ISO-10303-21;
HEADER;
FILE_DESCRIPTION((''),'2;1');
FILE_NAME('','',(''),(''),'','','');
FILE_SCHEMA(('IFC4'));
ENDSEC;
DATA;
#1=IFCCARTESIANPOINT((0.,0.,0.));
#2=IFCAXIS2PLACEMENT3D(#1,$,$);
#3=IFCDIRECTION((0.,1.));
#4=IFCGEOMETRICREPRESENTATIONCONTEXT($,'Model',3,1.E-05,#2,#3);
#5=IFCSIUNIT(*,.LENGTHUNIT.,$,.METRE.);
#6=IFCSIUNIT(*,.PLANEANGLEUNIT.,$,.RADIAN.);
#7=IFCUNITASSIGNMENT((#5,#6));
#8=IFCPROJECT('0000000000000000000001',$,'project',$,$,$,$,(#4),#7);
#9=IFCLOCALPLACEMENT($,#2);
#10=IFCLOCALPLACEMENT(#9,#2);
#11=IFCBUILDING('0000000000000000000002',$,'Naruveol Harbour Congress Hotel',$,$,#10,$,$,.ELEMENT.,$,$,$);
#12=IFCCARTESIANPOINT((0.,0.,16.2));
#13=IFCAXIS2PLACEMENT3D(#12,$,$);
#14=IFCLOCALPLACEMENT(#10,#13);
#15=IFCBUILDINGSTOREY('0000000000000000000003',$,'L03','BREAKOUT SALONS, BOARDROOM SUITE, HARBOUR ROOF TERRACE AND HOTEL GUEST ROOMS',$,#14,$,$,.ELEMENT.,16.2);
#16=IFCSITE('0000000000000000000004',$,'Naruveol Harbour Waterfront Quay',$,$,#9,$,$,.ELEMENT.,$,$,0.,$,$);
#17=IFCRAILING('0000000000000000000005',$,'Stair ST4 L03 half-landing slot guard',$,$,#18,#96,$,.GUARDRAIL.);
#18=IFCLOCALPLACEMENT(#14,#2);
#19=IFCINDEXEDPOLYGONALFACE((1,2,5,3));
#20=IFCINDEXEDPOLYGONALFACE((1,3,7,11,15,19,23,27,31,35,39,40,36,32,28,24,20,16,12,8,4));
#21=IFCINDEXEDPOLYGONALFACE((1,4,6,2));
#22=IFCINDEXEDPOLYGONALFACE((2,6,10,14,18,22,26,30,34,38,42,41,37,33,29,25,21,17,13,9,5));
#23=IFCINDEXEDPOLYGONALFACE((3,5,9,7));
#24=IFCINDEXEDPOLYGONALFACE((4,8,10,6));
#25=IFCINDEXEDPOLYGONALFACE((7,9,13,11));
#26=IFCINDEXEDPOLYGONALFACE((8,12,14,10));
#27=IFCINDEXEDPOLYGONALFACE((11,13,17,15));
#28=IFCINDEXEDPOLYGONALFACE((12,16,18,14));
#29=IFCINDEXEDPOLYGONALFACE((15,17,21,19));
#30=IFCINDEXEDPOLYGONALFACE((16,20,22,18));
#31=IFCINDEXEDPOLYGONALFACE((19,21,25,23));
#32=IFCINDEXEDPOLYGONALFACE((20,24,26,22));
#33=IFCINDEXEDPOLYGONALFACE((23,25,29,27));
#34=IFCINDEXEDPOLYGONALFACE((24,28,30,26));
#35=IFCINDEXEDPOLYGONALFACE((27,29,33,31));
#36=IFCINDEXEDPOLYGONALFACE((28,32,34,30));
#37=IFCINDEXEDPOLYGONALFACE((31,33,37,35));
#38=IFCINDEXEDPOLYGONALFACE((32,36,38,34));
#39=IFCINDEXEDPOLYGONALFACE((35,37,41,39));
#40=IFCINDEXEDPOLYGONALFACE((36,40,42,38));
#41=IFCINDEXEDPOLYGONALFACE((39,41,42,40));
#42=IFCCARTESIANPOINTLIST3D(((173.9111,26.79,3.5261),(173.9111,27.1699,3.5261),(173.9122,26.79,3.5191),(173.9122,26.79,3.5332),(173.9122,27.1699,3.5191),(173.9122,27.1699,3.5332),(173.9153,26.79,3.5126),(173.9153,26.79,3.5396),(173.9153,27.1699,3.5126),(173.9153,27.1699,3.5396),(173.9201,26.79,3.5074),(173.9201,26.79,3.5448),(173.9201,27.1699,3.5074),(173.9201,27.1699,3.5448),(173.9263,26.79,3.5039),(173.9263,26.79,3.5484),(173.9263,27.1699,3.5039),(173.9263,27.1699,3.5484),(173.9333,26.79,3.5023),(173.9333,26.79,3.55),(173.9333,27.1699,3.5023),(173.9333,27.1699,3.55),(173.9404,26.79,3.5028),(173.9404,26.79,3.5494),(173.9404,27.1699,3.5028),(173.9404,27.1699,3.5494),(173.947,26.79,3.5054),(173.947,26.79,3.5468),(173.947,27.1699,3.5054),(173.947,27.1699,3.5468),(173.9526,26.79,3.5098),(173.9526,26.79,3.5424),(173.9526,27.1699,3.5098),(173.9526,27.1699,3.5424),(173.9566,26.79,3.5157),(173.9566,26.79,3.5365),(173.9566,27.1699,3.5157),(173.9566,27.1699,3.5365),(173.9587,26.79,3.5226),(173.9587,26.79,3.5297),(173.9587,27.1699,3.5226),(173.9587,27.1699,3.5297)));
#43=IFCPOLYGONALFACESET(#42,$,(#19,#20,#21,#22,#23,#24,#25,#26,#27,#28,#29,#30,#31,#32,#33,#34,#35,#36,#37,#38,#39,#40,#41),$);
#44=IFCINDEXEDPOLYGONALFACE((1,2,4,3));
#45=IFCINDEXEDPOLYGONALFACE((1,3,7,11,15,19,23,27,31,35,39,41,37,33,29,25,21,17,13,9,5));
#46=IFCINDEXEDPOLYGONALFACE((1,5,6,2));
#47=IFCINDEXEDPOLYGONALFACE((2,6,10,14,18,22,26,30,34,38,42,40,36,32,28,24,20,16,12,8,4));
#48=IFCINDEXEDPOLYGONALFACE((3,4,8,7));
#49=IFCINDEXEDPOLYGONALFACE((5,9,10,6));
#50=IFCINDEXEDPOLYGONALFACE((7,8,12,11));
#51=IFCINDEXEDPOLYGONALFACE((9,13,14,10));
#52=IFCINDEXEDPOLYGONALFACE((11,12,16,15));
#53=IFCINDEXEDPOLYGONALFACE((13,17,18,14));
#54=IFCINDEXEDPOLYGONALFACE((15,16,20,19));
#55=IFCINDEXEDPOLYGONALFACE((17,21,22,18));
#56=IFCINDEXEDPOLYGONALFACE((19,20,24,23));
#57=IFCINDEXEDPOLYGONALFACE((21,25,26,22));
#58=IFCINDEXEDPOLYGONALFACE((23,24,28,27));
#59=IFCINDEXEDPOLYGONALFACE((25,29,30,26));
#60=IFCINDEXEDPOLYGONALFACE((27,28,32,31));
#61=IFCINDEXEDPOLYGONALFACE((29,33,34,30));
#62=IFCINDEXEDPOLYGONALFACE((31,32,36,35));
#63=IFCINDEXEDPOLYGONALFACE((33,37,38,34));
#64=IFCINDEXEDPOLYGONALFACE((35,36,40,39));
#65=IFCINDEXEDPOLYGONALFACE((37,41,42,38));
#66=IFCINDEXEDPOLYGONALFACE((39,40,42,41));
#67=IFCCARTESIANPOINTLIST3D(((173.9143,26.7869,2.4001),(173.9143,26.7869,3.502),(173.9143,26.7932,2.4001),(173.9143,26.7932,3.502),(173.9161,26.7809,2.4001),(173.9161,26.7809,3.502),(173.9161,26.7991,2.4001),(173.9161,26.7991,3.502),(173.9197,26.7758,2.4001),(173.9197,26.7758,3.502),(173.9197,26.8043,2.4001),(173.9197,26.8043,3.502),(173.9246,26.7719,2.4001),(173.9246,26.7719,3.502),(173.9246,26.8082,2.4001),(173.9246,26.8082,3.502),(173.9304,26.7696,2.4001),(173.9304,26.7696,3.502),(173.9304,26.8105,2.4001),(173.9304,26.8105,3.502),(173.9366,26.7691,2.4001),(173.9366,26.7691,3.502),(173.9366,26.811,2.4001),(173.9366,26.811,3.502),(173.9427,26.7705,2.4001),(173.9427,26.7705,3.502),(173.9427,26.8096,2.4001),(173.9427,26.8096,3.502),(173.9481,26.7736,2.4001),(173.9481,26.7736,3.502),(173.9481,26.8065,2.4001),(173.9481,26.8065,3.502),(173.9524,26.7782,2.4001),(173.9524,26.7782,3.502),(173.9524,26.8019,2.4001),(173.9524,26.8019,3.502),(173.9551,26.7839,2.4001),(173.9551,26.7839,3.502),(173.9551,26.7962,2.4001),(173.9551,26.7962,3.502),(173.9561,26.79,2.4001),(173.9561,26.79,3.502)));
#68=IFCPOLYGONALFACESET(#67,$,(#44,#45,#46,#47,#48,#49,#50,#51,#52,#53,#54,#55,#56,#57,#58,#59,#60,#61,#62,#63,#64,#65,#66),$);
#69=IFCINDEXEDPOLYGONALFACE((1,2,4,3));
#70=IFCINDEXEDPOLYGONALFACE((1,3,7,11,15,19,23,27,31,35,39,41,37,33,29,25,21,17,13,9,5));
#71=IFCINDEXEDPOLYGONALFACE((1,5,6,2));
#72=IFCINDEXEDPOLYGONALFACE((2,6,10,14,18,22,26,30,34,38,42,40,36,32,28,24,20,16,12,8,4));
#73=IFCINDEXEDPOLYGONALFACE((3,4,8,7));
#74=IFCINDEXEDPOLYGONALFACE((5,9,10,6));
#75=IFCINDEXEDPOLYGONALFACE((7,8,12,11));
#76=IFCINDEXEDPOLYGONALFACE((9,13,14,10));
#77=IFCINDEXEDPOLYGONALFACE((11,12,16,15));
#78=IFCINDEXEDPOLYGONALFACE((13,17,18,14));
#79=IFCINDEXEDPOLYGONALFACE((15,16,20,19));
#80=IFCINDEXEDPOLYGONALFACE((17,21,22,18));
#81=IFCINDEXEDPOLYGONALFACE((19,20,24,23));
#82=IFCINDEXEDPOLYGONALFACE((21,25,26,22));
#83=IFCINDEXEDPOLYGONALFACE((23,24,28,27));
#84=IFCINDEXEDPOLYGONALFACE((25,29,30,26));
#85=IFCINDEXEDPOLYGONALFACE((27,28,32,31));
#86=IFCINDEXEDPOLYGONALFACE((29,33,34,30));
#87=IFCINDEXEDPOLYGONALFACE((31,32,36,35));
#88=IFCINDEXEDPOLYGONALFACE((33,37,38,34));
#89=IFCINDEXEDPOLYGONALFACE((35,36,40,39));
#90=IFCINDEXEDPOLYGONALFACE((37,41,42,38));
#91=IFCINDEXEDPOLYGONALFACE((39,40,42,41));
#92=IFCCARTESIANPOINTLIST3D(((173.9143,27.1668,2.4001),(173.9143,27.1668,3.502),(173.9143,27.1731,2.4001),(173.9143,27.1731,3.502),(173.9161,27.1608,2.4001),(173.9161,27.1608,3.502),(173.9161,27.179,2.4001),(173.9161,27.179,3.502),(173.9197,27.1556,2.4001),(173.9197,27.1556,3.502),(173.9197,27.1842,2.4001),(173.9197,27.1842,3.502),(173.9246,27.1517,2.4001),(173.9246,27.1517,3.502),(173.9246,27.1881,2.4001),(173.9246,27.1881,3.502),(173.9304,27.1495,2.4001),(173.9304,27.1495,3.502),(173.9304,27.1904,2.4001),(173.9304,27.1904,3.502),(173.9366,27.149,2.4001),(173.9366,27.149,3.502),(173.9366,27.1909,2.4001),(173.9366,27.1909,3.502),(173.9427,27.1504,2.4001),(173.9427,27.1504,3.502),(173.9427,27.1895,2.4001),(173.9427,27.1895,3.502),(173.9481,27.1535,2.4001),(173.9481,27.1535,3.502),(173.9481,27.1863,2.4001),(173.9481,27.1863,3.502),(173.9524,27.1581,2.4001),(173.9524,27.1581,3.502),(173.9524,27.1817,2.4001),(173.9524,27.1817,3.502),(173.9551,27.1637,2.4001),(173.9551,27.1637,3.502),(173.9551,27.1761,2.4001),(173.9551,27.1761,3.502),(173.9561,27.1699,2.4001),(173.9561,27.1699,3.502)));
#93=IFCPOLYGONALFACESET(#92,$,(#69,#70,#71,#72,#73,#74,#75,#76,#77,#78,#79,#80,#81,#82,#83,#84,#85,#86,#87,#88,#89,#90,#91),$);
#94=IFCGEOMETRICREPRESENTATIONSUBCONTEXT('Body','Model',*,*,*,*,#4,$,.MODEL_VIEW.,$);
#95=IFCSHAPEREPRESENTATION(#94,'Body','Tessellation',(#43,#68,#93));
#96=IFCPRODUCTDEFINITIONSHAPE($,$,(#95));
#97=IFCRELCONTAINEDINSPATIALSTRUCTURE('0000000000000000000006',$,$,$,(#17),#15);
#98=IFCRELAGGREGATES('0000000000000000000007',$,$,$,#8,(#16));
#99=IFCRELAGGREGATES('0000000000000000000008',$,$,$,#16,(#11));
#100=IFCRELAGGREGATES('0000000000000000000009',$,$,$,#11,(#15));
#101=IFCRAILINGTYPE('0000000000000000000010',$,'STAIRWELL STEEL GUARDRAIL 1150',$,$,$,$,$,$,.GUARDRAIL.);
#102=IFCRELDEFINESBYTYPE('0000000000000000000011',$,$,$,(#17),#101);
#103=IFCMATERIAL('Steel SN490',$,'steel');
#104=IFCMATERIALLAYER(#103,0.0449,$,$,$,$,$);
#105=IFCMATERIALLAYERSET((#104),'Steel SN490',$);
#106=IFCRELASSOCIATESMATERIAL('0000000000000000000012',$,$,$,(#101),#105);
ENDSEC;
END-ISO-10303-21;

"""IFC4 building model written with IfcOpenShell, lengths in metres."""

from ifc_helpers import new_model, si_unit, direction, frame, origin, origin_2d, place, context, subcontext, project, spatial, circle, extrude, material, layer, layer_set, type_object, element, save


model = new_model("IFC4")

# Units and contexts
model_context = context("Model", 3, precision=1e-05, world=origin(), true_north=direction((0.0, 1.0)))
body_context = subcontext(model_context, "Body", "Model", "MODEL_VIEW")
ifc_project = project(units=[si_unit("LENGTHUNIT", "METRE"), si_unit("PLANEANGLEUNIT", "RADIAN")], contexts=[model_context])

# Site, building, storey
site_placement = place(None, origin())
site = spatial("IfcSite", under=ifc_project, at=site_placement, Name="Naruveol Harbour Waterfront Quay", CompositionType="ELEMENT", RefElevation=0.0)
building_placement = place(site_placement, origin())
building = spatial("IfcBuilding", under=site, at=building_placement, Name="Naruveol Harbour Congress Hotel", CompositionType="ELEMENT")
storey_placement = place(building_placement, frame((0.0, 0.0, 16.2)))
storey = spatial("IfcBuildingStorey", under=building, at=storey_placement, Name="L03", Description="BREAKOUT SALONS, BOARDROOM SUITE, HARBOUR ROOF TERRACE AND HOTEL GUEST ROOMS", CompositionType="ELEMENT", Elevation=16.2)

# Railing
ifc_material_1 = material(Name="Steel SN490", Category="steel")
ifc_layer_1 = layer(ifc_material_1, 0.0449)
ifc_layer_set_1 = layer_set([ifc_layer_1], Name="Steel SN490")
railing_type_1 = type_object("IfcRailingType", Name="STAIRWELL STEEL GUARDRAIL 1150", PredefinedType="GUARDRAIL", material=ifc_layer_set_1)
railing_1_placement = place(storey_placement, frame((173.9351, 26.79, 2.4001)))
element("IfcRailing", 1, at=railing_1_placement, inside=storey, type_object=railing_type_1, Name="Stair ST4 L03 half-landing slot guard", PredefinedType="GUARDRAIL", context=body_context, shape_type="SweptSolid", body=[
    extrude(circle(Radius=0.0239, at=origin_2d()), frame((0.0, 0.0, 1.126), z_axis=(0.0, 1.0, 0.0), x_axis=(-1.0, 0.0, 0.0)), (0.0, 0.0, 1.0), 0.3799),
    extrude(circle(Radius=0.021, at=origin_2d()), origin(), (0.0, 0.0, 1.0), 1.1018),
    extrude(circle(Radius=0.021, at=origin_2d()), frame((0.0, 0.3799, 0.0)), (0.0, 0.0, 1.0), 1.1018),
])

save(model, "model.ifc")
